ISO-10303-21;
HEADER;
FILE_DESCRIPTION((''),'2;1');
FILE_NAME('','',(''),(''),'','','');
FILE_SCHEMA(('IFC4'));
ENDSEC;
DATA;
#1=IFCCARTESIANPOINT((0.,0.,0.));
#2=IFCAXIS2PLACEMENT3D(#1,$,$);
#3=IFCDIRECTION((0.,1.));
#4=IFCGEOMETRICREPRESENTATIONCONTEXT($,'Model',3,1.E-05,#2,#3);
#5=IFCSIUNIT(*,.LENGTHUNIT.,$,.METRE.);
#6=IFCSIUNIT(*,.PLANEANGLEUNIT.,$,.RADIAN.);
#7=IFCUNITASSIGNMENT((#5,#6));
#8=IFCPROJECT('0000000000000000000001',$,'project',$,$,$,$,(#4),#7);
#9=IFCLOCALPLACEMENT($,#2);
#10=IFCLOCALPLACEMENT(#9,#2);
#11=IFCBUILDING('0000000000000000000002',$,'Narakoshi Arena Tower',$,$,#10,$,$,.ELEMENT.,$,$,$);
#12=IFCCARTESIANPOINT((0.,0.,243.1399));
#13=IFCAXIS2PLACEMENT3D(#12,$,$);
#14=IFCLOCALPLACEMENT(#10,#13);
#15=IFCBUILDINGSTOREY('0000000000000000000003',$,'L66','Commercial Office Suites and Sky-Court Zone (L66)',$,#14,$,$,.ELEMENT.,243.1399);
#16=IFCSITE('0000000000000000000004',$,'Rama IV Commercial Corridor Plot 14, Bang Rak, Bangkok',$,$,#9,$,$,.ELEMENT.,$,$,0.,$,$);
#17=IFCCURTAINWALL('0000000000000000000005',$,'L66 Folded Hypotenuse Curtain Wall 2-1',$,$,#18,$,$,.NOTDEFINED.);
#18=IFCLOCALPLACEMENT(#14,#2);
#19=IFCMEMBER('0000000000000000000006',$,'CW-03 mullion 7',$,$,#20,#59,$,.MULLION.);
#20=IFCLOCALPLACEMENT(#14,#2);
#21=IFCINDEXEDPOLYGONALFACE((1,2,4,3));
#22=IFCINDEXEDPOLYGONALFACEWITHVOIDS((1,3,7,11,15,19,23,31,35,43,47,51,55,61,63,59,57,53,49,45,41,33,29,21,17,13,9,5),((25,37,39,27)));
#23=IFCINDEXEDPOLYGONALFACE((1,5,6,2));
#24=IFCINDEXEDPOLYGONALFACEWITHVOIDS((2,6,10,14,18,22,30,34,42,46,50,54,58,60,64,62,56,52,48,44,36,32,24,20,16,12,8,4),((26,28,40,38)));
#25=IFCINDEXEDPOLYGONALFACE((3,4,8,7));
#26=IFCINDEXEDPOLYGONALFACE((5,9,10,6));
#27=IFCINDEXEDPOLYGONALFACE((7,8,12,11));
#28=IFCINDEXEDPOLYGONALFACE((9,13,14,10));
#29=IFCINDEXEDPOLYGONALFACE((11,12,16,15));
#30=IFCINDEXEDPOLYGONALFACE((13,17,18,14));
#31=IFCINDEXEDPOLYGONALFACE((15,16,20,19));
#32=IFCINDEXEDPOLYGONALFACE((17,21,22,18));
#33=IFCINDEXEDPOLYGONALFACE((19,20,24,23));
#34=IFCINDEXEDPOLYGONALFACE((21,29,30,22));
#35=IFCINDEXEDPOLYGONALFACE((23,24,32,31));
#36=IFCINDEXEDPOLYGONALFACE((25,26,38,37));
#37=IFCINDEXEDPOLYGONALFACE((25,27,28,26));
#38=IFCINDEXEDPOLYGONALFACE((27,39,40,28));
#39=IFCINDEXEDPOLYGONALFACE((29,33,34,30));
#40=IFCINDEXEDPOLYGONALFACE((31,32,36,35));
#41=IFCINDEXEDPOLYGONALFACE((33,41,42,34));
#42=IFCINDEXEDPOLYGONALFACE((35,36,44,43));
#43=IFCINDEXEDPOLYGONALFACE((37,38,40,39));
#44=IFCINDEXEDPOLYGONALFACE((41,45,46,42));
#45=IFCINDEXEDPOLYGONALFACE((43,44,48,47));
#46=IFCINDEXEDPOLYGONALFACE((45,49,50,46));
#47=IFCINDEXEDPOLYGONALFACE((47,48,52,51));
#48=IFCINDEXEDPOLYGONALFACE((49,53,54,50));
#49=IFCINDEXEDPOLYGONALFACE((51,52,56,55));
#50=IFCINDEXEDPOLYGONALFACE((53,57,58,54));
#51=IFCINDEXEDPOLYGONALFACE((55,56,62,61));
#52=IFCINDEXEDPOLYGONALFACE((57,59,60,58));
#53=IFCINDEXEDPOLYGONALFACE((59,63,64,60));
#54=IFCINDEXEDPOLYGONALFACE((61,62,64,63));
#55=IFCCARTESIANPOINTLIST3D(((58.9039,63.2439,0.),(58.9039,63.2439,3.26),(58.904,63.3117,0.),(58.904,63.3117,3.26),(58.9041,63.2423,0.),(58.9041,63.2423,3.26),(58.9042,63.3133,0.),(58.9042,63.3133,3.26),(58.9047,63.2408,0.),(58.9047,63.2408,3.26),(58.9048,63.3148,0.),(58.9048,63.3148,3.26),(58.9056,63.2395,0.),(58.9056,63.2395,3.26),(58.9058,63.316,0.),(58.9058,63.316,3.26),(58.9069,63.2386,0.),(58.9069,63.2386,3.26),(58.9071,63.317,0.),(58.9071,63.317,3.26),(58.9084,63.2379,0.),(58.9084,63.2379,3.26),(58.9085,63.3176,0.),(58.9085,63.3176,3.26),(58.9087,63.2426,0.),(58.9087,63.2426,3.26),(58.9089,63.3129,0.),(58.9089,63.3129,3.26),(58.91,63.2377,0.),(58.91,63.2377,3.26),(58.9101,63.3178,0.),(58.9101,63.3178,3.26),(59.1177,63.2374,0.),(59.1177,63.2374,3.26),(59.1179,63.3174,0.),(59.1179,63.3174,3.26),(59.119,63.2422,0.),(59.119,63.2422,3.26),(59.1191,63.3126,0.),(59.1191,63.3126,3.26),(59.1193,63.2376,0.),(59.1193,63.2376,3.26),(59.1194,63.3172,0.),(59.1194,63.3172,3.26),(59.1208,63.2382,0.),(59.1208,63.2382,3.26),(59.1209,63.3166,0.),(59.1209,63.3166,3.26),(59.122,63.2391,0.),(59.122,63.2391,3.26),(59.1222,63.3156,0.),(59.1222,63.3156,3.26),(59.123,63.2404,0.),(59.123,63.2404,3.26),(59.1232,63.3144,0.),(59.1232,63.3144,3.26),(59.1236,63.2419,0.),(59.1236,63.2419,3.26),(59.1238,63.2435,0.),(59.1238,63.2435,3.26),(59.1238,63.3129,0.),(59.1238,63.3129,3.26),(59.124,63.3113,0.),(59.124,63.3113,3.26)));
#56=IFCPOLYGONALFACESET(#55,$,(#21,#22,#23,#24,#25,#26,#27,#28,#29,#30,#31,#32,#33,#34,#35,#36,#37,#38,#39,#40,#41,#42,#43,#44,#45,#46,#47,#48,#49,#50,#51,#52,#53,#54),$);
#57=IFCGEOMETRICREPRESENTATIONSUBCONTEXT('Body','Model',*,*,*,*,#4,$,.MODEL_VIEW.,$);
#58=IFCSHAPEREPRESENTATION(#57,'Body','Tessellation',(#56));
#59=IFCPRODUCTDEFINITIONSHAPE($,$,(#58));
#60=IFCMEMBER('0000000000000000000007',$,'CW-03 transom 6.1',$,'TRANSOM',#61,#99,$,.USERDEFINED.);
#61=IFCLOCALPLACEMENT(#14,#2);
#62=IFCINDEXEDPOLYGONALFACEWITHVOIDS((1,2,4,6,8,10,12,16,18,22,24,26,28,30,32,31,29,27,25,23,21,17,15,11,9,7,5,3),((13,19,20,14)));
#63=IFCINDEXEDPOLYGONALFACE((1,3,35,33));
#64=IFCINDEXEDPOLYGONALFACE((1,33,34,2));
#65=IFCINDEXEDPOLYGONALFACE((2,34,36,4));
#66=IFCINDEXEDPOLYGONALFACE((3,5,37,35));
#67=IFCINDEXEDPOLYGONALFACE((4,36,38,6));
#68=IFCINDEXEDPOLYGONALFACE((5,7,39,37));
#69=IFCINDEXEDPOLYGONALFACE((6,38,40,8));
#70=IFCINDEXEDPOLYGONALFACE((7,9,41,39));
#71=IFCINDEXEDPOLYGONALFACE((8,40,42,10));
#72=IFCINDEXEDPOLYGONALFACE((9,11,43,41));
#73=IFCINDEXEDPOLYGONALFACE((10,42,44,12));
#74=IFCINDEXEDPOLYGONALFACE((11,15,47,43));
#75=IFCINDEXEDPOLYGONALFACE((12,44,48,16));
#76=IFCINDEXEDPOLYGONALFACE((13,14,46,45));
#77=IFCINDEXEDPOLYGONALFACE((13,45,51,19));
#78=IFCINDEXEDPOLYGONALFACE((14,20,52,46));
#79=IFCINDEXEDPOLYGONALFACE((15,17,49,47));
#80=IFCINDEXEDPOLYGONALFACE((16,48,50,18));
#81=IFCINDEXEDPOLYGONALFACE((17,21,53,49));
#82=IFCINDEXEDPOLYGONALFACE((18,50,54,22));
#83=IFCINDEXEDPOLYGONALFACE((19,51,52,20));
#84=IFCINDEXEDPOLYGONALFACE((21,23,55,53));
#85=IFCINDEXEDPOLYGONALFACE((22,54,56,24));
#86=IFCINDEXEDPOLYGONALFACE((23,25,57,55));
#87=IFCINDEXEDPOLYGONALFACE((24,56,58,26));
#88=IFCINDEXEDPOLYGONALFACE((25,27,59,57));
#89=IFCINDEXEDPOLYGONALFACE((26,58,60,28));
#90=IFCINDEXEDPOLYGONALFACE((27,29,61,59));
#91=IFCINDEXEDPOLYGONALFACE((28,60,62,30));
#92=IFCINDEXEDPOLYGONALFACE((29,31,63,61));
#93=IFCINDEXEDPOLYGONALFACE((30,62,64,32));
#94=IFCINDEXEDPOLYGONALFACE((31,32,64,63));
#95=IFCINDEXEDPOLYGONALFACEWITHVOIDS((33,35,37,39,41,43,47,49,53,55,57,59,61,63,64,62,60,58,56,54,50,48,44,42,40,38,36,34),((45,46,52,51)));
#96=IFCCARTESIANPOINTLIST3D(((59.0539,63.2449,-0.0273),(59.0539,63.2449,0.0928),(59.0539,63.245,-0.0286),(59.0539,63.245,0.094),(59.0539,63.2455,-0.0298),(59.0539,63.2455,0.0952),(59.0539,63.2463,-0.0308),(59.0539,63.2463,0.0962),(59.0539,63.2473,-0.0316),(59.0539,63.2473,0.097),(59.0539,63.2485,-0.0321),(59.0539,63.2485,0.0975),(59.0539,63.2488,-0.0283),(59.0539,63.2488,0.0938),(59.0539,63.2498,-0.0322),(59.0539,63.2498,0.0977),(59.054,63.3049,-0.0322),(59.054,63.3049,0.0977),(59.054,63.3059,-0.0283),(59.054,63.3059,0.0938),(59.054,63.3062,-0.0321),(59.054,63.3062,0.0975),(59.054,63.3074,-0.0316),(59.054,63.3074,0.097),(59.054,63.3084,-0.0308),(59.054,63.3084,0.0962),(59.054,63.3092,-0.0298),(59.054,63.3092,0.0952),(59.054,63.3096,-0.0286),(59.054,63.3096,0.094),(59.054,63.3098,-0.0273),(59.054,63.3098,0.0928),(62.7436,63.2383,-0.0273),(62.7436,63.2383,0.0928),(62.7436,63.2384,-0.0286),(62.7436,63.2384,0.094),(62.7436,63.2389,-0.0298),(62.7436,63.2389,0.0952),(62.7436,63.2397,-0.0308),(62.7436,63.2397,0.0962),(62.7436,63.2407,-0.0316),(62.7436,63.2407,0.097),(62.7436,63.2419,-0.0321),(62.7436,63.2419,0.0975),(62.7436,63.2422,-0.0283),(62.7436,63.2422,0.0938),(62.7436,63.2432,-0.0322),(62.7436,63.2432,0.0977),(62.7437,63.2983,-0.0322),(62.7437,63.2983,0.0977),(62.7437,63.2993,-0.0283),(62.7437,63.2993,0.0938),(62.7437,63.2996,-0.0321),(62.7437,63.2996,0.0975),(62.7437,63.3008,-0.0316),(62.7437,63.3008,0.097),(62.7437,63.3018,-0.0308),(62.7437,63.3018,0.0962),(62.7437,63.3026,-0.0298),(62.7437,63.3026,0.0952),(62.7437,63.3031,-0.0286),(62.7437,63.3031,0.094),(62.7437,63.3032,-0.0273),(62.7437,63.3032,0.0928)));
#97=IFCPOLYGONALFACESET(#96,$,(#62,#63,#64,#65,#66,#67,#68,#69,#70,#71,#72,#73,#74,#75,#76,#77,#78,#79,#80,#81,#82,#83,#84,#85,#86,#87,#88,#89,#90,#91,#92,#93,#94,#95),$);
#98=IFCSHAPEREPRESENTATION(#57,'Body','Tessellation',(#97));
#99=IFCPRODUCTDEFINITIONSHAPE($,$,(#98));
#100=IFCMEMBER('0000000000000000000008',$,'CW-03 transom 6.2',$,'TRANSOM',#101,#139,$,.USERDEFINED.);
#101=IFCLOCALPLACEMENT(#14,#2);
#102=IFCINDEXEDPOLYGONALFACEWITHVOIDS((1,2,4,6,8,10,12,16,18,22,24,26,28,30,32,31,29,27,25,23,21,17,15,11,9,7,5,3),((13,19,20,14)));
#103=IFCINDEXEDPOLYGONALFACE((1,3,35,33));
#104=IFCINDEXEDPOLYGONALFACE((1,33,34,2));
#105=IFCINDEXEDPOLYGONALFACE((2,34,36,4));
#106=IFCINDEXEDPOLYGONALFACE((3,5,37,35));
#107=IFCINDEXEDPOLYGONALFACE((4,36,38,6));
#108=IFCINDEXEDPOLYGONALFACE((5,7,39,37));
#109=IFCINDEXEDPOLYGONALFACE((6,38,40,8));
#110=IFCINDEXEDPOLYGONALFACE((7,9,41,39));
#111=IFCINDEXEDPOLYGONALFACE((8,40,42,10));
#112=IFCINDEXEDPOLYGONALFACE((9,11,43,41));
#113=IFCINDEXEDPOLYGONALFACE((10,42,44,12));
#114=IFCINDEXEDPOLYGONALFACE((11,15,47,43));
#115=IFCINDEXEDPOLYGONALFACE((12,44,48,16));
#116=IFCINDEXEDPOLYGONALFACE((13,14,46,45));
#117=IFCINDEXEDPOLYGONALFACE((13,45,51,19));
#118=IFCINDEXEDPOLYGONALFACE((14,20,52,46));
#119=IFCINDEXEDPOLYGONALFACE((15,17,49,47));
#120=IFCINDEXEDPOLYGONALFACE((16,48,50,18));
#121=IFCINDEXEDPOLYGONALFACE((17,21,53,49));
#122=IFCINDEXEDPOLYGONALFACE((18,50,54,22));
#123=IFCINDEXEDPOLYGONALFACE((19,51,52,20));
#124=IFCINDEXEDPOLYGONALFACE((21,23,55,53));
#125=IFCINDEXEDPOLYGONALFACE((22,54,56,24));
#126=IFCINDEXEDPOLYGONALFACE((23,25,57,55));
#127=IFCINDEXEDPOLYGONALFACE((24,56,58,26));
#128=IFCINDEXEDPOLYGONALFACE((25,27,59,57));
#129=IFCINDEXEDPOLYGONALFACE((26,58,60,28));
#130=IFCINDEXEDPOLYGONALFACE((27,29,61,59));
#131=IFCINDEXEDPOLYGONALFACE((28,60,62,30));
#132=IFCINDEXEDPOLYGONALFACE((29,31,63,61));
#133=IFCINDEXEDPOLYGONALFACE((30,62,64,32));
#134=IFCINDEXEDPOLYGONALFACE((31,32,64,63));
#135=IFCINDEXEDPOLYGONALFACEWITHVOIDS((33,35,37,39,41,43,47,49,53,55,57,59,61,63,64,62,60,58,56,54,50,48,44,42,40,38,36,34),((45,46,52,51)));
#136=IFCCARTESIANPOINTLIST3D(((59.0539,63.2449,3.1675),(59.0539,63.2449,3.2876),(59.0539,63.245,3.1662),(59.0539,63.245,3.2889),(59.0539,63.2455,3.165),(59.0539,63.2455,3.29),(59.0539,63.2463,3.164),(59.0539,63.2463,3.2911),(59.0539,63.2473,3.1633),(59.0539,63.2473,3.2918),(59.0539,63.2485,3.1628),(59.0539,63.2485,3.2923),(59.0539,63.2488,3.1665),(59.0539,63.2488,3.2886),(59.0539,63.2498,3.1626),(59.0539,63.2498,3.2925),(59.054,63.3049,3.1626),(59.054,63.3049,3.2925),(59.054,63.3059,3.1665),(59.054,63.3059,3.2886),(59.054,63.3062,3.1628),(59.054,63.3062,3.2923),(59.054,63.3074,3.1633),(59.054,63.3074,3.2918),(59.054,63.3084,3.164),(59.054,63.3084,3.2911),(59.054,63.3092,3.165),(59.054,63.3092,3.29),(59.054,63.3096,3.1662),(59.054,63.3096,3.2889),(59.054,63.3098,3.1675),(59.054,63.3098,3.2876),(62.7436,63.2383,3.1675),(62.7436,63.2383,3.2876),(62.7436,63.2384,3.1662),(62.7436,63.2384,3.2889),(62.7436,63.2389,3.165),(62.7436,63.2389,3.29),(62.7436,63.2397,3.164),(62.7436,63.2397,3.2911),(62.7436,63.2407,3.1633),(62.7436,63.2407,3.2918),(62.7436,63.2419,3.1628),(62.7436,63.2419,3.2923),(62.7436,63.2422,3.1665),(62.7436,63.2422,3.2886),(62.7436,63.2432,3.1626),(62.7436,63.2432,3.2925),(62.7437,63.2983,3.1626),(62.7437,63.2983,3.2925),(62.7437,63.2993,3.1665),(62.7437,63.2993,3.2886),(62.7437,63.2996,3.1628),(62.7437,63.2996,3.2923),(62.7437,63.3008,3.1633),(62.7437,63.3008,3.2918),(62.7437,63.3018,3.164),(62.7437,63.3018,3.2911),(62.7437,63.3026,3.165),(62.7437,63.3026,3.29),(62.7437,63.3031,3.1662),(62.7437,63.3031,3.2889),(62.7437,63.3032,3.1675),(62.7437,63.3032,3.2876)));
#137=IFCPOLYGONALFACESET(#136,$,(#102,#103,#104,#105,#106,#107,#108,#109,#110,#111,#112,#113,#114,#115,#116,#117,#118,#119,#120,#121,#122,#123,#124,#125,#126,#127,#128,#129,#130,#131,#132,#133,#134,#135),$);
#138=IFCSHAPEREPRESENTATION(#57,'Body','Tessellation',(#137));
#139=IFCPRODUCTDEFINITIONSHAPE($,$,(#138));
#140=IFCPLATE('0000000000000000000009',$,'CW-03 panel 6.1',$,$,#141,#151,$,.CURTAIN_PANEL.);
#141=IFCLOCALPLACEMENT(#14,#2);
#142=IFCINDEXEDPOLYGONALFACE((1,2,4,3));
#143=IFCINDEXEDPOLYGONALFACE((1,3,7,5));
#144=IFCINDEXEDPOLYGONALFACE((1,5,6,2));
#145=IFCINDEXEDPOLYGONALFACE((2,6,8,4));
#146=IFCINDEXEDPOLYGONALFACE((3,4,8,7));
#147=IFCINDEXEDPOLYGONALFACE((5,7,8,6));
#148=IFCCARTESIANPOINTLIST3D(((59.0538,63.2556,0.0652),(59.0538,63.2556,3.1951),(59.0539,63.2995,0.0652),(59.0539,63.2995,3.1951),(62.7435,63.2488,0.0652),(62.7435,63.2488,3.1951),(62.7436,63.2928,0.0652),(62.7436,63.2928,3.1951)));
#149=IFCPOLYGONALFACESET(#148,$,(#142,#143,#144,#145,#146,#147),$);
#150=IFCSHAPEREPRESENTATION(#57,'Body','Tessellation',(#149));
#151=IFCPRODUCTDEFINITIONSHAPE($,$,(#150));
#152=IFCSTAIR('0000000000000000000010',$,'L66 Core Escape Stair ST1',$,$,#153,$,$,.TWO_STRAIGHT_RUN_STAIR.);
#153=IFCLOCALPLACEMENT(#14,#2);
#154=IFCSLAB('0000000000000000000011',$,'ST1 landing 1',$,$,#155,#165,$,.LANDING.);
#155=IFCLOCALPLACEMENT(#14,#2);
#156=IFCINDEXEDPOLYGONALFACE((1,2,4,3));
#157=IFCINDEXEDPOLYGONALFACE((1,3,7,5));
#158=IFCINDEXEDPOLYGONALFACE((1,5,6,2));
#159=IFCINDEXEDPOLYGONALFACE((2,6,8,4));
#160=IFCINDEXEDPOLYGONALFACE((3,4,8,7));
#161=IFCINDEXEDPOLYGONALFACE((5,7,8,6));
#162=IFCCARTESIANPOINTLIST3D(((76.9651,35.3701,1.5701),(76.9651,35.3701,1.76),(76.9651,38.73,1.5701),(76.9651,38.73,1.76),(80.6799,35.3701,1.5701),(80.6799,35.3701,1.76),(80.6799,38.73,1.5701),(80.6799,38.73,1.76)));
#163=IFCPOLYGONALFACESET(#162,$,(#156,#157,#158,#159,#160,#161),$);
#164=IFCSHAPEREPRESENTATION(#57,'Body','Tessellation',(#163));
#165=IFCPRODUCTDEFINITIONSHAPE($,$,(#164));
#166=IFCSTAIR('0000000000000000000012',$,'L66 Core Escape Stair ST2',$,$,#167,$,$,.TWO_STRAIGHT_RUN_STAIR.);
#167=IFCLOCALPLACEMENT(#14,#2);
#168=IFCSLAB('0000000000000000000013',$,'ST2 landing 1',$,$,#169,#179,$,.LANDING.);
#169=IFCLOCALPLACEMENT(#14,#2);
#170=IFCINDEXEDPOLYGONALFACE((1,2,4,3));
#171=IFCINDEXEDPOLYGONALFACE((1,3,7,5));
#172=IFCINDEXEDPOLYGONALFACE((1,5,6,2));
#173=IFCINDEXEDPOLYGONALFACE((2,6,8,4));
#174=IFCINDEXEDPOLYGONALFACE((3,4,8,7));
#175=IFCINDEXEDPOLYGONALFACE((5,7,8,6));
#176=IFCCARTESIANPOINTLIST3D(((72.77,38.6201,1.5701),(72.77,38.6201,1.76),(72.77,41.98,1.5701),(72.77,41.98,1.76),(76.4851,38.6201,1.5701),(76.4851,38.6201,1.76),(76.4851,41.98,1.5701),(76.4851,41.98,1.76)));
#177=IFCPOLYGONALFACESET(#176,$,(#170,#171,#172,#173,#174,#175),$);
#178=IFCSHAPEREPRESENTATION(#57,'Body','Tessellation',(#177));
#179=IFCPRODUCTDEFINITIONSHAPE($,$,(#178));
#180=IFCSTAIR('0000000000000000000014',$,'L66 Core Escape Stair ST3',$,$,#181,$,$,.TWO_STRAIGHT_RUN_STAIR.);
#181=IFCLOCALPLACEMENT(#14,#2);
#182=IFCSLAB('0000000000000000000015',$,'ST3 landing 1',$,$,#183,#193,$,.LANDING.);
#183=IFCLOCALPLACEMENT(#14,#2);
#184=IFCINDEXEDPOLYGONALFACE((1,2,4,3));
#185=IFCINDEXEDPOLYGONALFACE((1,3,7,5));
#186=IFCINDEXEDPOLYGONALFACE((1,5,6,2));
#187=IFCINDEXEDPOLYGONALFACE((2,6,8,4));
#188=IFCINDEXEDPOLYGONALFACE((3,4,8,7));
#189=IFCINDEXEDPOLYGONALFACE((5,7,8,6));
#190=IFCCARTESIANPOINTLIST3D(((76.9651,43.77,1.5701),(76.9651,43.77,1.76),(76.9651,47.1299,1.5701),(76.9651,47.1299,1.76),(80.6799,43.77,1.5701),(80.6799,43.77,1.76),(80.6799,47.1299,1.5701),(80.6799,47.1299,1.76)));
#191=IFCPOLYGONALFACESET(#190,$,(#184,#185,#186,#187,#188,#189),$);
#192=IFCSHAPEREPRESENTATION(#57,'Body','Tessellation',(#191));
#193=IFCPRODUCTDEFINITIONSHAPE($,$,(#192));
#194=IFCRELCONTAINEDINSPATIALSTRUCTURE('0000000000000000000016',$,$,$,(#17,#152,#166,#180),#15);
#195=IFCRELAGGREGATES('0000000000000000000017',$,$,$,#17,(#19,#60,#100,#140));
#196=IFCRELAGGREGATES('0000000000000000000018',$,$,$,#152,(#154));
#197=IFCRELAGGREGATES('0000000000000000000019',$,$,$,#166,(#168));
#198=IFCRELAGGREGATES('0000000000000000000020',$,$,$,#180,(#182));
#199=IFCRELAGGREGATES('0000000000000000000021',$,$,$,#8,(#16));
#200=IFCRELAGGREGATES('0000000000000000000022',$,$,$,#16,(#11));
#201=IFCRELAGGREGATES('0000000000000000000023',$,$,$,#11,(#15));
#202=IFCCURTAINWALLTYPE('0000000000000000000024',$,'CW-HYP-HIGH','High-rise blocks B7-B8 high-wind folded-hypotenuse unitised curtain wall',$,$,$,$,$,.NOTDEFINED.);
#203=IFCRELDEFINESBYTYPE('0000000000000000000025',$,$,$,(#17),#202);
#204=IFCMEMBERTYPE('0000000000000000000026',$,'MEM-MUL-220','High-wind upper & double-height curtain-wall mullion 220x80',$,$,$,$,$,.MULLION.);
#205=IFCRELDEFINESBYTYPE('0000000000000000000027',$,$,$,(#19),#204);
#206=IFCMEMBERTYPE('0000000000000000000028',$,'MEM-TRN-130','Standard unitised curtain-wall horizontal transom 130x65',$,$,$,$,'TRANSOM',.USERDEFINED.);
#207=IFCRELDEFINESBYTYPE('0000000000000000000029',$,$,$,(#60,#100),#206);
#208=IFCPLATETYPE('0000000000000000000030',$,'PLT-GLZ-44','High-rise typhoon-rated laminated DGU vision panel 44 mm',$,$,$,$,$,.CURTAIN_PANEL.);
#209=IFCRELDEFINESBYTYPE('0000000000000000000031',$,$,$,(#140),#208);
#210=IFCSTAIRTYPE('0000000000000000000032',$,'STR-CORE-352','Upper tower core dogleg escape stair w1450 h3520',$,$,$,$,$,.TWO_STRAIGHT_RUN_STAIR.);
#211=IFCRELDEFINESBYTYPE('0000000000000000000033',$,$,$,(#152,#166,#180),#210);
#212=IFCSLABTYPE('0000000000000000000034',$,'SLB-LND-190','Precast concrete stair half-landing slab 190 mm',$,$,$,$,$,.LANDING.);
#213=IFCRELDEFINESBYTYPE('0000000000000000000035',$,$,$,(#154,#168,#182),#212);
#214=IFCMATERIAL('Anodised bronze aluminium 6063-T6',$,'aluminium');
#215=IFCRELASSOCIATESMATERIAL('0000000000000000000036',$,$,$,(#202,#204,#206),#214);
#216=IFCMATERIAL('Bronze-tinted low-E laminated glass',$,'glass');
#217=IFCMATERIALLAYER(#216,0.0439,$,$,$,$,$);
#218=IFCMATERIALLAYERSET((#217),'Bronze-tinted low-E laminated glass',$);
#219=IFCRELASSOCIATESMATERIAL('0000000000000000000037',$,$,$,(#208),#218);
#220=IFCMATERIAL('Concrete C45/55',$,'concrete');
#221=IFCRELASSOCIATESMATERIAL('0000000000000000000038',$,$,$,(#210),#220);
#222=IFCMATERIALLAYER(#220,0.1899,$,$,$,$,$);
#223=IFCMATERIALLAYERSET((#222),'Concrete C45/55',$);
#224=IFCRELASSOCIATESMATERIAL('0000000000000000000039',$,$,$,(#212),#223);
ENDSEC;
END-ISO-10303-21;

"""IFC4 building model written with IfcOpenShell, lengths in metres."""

from ifc_helpers import new_model, si_unit, direction, frame, origin, origin_2d, place, context, subcontext, project, spatial, polyline, rectangle, hollow_rectangle, outline, extrude, material, layer, layer_set, material_profile, profile_set, type_object, element, aggregate, save


model = new_model("IFC4")

# Units and contexts
model_context = context("Model", 3, precision=1e-05, world=origin(), true_north=direction((0.0, 1.0)))
body_context = subcontext(model_context, "Body", "Model", "MODEL_VIEW")
ifc_project = project(units=[si_unit("LENGTHUNIT", "METRE"), si_unit("PLANEANGLEUNIT", "RADIAN")], contexts=[model_context])

# Site, building, storey
site_placement = place(None, origin())
site = spatial("IfcSite", under=ifc_project, at=site_placement, Name="Rama IV Commercial Corridor Plot 14, Bang Rak, Bangkok", CompositionType="ELEMENT", RefElevation=0.0)
building_placement = place(site_placement, origin())
building = spatial("IfcBuilding", under=site, at=building_placement, Name="Narakoshi Arena Tower", CompositionType="ELEMENT")
storey_placement = place(building_placement, frame((0.0, 0.0, 243.1399)))
storey = spatial("IfcBuildingStorey", under=building, at=storey_placement, Name="L66", Description="Commercial Office Suites and Sky-Court Zone (L66)", CompositionType="ELEMENT", Elevation=243.1399)

# Curtain wall, members, plate
ifc_material_1 = material(Name="Anodised bronze aluminium 6063-T6", Category="aluminium")
curtain_wall_type = type_object("IfcCurtainWallType", Name="CW-HYP-HIGH", Description="High-rise blocks B7-B8 high-wind folded-hypotenuse unitised curtain wall", PredefinedType="NOTDEFINED", material=ifc_material_1)
curtain_wall_placement = place(storey_placement, origin())
curtain_wall = element("IfcCurtainWall", 1, at=curtain_wall_placement, inside=storey, type_object=curtain_wall_type, Name="L66 Folded Hypotenuse Curtain Wall 2-1", PredefinedType="NOTDEFINED")
ifc_material_profile_1 = material_profile(ifc_material_1, hollow_rectangle(XDim=0.0801, YDim=0.22, WallThickness=0.0049, OuterFilletRadius=0.0061, at=origin_2d()), Name="MUL220x80x5")
ifc_profile_set_1 = profile_set([ifc_material_profile_1], Name="Anodised bronze aluminium 6063-T6")
member_type_1 = type_object("IfcMemberType", Name="MEM-MUL-220", Description="High-wind upper & double-height curtain-wall mullion 220x80", PredefinedType="MULLION", material=ifc_profile_set_1)
member_1_placement = place(storey_placement, frame((59.0139, 63.2776, 0.0), z_axis=(0.0, 0.0, 1.0), x_axis=(-0.00182, -0.999998, 0.0)))
member_1 = element("IfcMember", 2, at=member_1_placement, type_object=member_type_1, Name="CW-03 mullion 7", PredefinedType="MULLION", context=body_context, shape_type="SweptSolid", body=[
    extrude(hollow_rectangle(XDim=0.0801, YDim=0.22, WallThickness=0.0049, OuterFilletRadius=0.0061, at=origin_2d()), origin(), (0.0, 0.0, 1.0), 3.26),
])
ifc_material_profile_2 = material_profile(ifc_material_1, hollow_rectangle(XDim=0.0649, YDim=0.1299, WallThickness=0.0039, OuterFilletRadius=0.0049, at=origin_2d()), Name="TRN130x65x4")
ifc_profile_set_2 = profile_set([ifc_material_profile_2], Name="Anodised bronze aluminium 6063-T6")
member_type_2 = type_object("IfcMemberType", Name="MEM-TRN-130", Description="Standard unitised curtain-wall horizontal transom 130x65", ElementType="TRANSOM", PredefinedType="USERDEFINED", material=ifc_profile_set_2)
member_2_placement = place(storey_placement, frame((62.7437, 63.2708, 0.0327), z_axis=(-0.999998, 0.001787, 0.0), x_axis=(-0.001787, -0.999998, 0.0)))
member_2 = element("IfcMember", 3, at=member_2_placement, type_object=member_type_2, Name="CW-03 transom 6.1", ObjectType="TRANSOM", PredefinedType="USERDEFINED", context=body_context, shape_type="SweptSolid", body=[
    extrude(hollow_rectangle(XDim=0.0649, YDim=0.1299, WallThickness=0.0039, OuterFilletRadius=0.0049, at=origin_2d()), origin(), (0.0, 0.0, 1.0), 3.6897),
])
member_3_placement = place(storey_placement, frame((62.7437, 63.2708, 3.2275), z_axis=(-0.999998, 0.001787, 0.0), x_axis=(-0.001787, -0.999998, 0.0)))
member_3 = element("IfcMember", 4, at=member_3_placement, type_object=member_type_2, Name="CW-03 transom 6.2", ObjectType="TRANSOM", PredefinedType="USERDEFINED", context=body_context, shape_type="SweptSolid", body=[
    extrude(hollow_rectangle(XDim=0.0649, YDim=0.1299, WallThickness=0.0039, OuterFilletRadius=0.0049, at=origin_2d()), origin(), (0.0, 0.0, 1.0), 3.6897),
])
ifc_material_2 = material(Name="Bronze-tinted low-E laminated glass", Category="glass")
ifc_layer_1 = layer(ifc_material_2, 0.0439)
ifc_layer_set_1 = layer_set([ifc_layer_1], Name="Bronze-tinted low-E laminated glass")
plate_type = type_object("IfcPlateType", Name="PLT-GLZ-44", Description="High-rise typhoon-rated laminated DGU vision panel 44 mm", PredefinedType="CURTAIN_PANEL", material=ifc_layer_set_1)
plate_placement = place(storey_placement, frame((60.8987, 63.2742, 0.0652), z_axis=(0.0, 0.0, 1.0), x_axis=(-0.999998, 0.00182, 0.0)))
plate = element("IfcPlate", 5, at=plate_placement, type_object=plate_type, Name="CW-03 panel 6.1", PredefinedType="CURTAIN_PANEL", context=body_context, shape_type="SweptSolid", body=[
    extrude(rectangle(XDim=3.6897, YDim=0.0439, at=origin_2d()), origin(), (0.0, 0.0, 1.0), 3.1299),
])
aggregate(curtain_wall, [member_1, member_2, member_3, plate])

# Stairs, slabs
ifc_material_3 = material(Name="Concrete C45/55", Category="concrete")
stair_type = type_object("IfcStairType", Name="STR-CORE-352", Description="Upper tower core dogleg escape stair w1450 h3520", PredefinedType="TWO_STRAIGHT_RUN_STAIR", material=ifc_material_3)
stair_1_placement = place(storey_placement, origin())
stair_1 = element("IfcStair", 6, at=stair_1_placement, inside=storey, type_object=stair_type, Name="L66 Core Escape Stair ST1", PredefinedType="TWO_STRAIGHT_RUN_STAIR")
ifc_layer_2 = layer(ifc_material_3, 0.1899)
ifc_layer_set_2 = layer_set([ifc_layer_2], Name="Concrete C45/55")
slab_type_1 = type_object("IfcSlabType", Name="SLB-LND-190", Description="Precast concrete stair half-landing slab 190 mm", PredefinedType="LANDING", material=ifc_layer_set_2)
slab_1_placement = place(storey_placement, frame((0.0, 0.0, 1.5701)))
slab_1 = element("IfcSlab", 7, at=slab_1_placement, type_object=slab_type_1, Name="ST1 landing 1", PredefinedType="LANDING", context=body_context, shape_type="SweptSolid", body=[
    extrude(outline(polyline([(76.9651, 35.3701), (80.6799, 35.3701), (80.6799, 38.73), (76.9651, 38.73), (76.9651, 35.3701)])), origin(), (0.0, 0.0, 1.0), 0.1899),
])
aggregate(stair_1, [slab_1])
stair_2_placement = place(storey_placement, origin())
stair_2 = element("IfcStair", 8, at=stair_2_placement, inside=storey, type_object=stair_type, Name="L66 Core Escape Stair ST2", PredefinedType="TWO_STRAIGHT_RUN_STAIR")
slab_2_placement = place(storey_placement, frame((0.0, 0.0, 1.5701)))
slab_2 = element("IfcSlab", 9, at=slab_2_placement, type_object=slab_type_1, Name="ST2 landing 1", PredefinedType="LANDING", context=body_context, shape_type="SweptSolid", body=[
    extrude(outline(polyline([(72.77, 38.6201), (76.4851, 38.6201), (76.4851, 41.98), (72.77, 41.98), (72.77, 38.6201)])), origin(), (0.0, 0.0, 1.0), 0.1899),
])
aggregate(stair_2, [slab_2])
stair_3_placement = place(storey_placement, origin())
stair_3 = element("IfcStair", 10, at=stair_3_placement, inside=storey, type_object=stair_type, Name="L66 Core Escape Stair ST3", PredefinedType="TWO_STRAIGHT_RUN_STAIR")
slab_3_placement = place(storey_placement, frame((0.0, 0.0, 1.5701)))
slab_3 = element("IfcSlab", 11, at=slab_3_placement, type_object=slab_type_1, Name="ST3 landing 1", PredefinedType="LANDING", context=body_context, shape_type="SweptSolid", body=[
    extrude(outline(polyline([(76.9651, 43.77), (80.6799, 43.77), (80.6799, 47.1299), (76.9651, 47.1299), (76.9651, 43.77)])), origin(), (0.0, 0.0, 1.0), 0.1899),
])
aggregate(stair_3, [slab_3])

save(model, "model.ifc")
